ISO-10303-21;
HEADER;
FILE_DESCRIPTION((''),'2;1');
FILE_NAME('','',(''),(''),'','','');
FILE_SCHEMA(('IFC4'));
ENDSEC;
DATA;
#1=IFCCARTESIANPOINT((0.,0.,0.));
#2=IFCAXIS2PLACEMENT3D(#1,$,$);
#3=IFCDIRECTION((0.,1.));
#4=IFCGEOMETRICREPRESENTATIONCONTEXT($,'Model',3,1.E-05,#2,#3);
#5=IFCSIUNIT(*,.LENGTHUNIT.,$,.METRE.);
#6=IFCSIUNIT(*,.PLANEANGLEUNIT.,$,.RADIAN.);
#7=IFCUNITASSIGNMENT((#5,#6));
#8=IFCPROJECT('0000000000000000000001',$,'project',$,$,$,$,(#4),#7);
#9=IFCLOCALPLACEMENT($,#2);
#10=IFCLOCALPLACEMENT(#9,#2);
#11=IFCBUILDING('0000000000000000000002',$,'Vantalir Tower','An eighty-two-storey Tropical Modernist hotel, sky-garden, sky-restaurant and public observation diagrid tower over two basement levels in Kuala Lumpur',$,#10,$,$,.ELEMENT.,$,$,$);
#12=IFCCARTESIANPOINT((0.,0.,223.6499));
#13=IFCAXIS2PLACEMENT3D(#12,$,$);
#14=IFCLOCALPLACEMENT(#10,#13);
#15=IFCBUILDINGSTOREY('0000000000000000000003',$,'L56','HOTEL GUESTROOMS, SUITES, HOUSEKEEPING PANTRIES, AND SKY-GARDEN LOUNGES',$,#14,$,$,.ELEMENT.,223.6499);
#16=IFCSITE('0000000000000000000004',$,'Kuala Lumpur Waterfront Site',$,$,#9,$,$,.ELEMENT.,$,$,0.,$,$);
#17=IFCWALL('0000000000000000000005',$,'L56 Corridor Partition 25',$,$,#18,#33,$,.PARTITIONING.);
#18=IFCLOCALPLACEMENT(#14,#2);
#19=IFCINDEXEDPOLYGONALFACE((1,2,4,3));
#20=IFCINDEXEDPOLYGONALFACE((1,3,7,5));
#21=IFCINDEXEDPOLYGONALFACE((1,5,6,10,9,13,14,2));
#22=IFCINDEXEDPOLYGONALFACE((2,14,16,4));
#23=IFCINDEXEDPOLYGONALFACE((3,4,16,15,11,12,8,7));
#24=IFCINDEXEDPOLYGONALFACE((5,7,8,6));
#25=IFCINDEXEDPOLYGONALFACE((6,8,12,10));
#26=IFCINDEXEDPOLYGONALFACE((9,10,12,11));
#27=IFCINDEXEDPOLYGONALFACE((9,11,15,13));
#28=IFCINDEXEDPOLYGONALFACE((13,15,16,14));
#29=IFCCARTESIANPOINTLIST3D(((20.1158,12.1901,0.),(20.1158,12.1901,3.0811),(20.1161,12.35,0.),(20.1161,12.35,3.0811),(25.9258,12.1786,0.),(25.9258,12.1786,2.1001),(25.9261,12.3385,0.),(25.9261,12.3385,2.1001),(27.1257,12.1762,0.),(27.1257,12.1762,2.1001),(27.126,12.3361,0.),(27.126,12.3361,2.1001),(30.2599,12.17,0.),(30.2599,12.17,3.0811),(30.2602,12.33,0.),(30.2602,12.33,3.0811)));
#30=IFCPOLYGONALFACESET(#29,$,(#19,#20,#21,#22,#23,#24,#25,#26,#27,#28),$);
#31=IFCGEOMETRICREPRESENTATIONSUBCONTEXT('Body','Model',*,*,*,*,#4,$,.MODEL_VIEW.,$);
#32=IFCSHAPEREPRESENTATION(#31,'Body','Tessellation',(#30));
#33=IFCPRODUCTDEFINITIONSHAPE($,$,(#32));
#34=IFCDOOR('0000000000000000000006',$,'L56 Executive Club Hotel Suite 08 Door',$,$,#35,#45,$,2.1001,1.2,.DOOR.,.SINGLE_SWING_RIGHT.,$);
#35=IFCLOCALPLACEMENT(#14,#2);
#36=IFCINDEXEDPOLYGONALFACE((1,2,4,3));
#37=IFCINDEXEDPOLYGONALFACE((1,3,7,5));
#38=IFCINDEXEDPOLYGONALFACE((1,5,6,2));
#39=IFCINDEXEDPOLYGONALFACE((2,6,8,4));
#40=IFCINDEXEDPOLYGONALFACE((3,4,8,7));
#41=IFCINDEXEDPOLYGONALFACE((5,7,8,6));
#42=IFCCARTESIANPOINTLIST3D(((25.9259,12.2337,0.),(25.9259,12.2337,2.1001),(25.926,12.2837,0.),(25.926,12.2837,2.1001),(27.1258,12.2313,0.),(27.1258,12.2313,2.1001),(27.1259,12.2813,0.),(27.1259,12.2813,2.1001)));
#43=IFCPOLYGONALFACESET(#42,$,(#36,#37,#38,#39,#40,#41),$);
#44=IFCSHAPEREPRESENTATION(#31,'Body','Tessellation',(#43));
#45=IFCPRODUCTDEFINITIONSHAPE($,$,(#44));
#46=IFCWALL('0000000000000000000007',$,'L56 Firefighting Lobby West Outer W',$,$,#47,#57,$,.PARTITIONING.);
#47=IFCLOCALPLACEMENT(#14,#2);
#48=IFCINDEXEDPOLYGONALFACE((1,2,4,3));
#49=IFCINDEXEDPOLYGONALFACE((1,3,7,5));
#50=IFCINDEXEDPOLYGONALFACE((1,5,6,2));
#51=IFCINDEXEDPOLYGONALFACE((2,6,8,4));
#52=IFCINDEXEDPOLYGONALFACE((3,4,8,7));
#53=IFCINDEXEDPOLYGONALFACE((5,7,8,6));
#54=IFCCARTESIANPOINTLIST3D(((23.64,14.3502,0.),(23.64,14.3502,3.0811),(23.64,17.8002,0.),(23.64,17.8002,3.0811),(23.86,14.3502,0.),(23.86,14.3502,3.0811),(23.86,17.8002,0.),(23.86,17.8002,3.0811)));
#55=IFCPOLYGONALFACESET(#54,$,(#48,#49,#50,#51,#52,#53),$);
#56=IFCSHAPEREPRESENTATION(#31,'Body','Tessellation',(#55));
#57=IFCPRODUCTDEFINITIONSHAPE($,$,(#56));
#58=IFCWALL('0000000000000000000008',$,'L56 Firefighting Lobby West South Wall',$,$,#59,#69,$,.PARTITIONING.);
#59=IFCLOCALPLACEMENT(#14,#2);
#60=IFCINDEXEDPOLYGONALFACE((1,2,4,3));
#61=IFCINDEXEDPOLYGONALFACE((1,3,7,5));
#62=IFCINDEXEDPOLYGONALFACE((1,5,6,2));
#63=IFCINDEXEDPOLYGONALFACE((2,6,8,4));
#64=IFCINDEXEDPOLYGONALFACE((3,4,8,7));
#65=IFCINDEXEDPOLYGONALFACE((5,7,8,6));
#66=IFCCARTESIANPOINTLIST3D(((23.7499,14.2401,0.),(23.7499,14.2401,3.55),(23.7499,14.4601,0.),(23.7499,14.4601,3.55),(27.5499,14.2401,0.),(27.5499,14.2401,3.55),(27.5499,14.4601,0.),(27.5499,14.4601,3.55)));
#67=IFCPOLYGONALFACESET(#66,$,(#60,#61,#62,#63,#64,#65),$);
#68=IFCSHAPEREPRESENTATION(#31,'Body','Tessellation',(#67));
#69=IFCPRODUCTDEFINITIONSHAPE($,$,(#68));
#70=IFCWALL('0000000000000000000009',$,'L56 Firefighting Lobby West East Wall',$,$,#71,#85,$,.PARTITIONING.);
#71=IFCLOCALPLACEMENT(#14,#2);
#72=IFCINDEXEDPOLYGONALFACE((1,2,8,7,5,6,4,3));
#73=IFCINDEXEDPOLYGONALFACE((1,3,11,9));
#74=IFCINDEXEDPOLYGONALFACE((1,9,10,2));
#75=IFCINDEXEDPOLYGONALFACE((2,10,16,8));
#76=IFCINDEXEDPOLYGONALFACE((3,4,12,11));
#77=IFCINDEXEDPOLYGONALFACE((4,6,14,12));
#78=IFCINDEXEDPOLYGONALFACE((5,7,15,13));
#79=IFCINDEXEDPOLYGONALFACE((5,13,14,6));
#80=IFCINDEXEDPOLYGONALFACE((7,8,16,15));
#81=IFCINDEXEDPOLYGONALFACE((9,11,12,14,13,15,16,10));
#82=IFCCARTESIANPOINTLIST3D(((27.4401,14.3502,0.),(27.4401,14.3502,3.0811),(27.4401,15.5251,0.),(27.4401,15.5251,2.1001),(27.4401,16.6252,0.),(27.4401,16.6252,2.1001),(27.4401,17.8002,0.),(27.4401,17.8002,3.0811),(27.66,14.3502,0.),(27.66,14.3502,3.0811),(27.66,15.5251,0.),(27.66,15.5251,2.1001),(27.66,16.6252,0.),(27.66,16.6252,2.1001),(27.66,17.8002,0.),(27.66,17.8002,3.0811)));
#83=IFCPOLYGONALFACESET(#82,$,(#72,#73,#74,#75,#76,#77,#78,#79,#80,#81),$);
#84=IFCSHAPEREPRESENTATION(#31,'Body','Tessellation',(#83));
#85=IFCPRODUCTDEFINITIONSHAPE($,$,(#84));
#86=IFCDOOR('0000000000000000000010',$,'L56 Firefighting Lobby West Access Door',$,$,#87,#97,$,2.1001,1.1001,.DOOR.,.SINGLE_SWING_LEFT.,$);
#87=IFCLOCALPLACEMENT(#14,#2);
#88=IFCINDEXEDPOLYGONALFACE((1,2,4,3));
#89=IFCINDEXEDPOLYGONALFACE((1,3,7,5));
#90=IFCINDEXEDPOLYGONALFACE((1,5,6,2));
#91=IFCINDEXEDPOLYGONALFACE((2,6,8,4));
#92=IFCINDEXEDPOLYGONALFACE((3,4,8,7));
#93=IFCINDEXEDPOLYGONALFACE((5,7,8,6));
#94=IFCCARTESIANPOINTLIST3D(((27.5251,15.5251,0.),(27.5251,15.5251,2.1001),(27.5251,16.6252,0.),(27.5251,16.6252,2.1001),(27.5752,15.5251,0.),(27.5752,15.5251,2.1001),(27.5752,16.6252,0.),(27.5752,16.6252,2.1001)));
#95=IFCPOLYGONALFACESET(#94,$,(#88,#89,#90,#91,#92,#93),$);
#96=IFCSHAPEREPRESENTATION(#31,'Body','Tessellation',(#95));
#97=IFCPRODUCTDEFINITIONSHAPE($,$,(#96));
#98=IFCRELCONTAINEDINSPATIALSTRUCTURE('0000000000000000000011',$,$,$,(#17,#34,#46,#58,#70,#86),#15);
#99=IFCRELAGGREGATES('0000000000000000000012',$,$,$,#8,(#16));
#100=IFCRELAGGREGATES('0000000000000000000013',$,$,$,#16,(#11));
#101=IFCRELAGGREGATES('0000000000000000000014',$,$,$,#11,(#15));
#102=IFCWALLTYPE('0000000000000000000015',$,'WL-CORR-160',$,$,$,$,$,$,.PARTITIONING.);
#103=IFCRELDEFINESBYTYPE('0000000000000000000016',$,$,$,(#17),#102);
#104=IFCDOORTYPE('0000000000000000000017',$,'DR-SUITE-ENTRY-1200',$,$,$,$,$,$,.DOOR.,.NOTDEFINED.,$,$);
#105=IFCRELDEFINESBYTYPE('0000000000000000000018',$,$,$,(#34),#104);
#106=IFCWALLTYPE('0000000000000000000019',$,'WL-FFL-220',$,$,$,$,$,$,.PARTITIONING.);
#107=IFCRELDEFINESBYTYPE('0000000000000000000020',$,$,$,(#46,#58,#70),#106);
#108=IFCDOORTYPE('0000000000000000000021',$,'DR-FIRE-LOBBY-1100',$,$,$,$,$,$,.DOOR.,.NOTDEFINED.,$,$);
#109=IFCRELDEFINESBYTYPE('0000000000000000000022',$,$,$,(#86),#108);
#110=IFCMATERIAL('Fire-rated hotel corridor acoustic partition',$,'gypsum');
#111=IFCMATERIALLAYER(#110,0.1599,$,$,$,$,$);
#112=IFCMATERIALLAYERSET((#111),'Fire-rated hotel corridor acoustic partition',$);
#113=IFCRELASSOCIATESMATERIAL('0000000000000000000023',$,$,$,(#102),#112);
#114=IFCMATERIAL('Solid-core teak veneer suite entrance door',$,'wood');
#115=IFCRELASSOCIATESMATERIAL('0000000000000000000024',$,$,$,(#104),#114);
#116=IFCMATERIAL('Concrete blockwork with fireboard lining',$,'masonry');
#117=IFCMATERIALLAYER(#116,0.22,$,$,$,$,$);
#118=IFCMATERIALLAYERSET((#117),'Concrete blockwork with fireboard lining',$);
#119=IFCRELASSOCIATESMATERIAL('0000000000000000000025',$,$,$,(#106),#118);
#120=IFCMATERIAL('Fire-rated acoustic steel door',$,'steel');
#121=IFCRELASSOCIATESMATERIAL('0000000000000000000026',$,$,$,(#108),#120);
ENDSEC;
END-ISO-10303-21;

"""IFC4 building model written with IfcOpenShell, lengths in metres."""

from ifc_helpers import new_model, si_unit, direction, frame, frame_2d, origin, place, context, subcontext, project, spatial, rectangle, extrude, material, layer, layer_set, type_object, element, fill, save


model = new_model("IFC4")

# Units and contexts
model_context = context("Model", 3, precision=1e-05, world=origin(), true_north=direction((0.0, 1.0)))
body_context = subcontext(model_context, "Body", "Model", "MODEL_VIEW")
ifc_project = project(units=[si_unit("LENGTHUNIT", "METRE"), si_unit("PLANEANGLEUNIT", "RADIAN")], contexts=[model_context])

# Site, building, storey
site_placement = place(None, origin())
site = spatial("IfcSite", under=ifc_project, at=site_placement, Name="Kuala Lumpur Waterfront Site", CompositionType="ELEMENT", RefElevation=0.0)
building_placement = place(site_placement, origin())
building = spatial("IfcBuilding", under=site, at=building_placement, Name="Vantalir Tower", Description="An eighty-two-storey Tropical Modernist hotel, sky-garden, sky-restaurant and public observation diagrid tower over two basement levels in Kuala Lumpur", CompositionType="ELEMENT")
storey_placement = place(building_placement, frame((0.0, 0.0, 223.6499)))
storey = spatial("IfcBuildingStorey", under=building, at=storey_placement, Name="L56", Description="HOTEL GUESTROOMS, SUITES, HOUSEKEEPING PANTRIES, AND SKY-GARDEN LOUNGES", CompositionType="ELEMENT", Elevation=223.6499)

# Shared definitions
ifc_material_1 = material(Name="Fire-rated hotel corridor acoustic partition", Category="gypsum")
ifc_layer_1 = layer(ifc_material_1, 0.1599)
ifc_layer_set_1 = layer_set([ifc_layer_1], Name="Fire-rated hotel corridor acoustic partition")
wall_type_1 = type_object("IfcWallType", Name="WL-CORR-160", PredefinedType="PARTITIONING", material=ifc_layer_set_1)

# Wall, opening, door
wall_1_placement = place(storey_placement, frame((30.26, 12.25, 0.0), z_axis=(0.0, 0.0, 1.0), x_axis=(-0.999998, 0.001974, 0.0)))
wall_1 = element("IfcWall", 1, at=wall_1_placement, inside=storey, type_object=wall_type_1, Name="L56 Corridor Partition 25", PredefinedType="PARTITIONING", context=body_context, shape_type="SweptSolid", body=[
    extrude(rectangle(XDim=10.144, YDim=0.1599, at=frame_2d((5.072, 0.0))), origin(), (0.0, 0.0, 1.0), 3.0811),
])
opening_1_placement = place(wall_1_placement, frame((3.134, 0.0, 0.0)))
opening_1 = element("IfcOpeningElement", 2, at=opening_1_placement, cuts=wall_1, PredefinedType="OPENING", context=body_context, shape_type="SweptSolid", body=[
    extrude(rectangle(XDim=1.2, YDim=2.1001, at=frame_2d((0.6001, 1.05))), frame((0.0, 0.0898, 0.0), z_axis=(0.0, -1.0, 0.0), x_axis=(1.0, 0.0, 0.0)), (0.0, 0.0, 1.0), 0.1799),
])
ifc_material_2 = material(Name="Solid-core teak veneer suite entrance door", Category="wood")
door_type_1 = type_object("IfcDoorType", Name="DR-SUITE-ENTRY-1200", OperationType="NOTDEFINED", PredefinedType="DOOR", material=ifc_material_2)
door_1_placement = place(opening_1_placement, origin())
door_1 = element("IfcDoor", 3, at=door_1_placement, inside=storey, type_object=door_type_1, Name="L56 Executive Club Hotel Suite 08 Door", OperationType="SINGLE_SWING_RIGHT", OverallHeight=2.1001, OverallWidth=1.2, PredefinedType="DOOR", context=body_context, shape_type="SweptSolid", body=[
    extrude(rectangle(XDim=1.2, YDim=2.1001, at=frame_2d((0.6001, 1.05))), frame((0.0, 0.0249, 0.0), z_axis=(0.0, -1.0, 0.0), x_axis=(1.0, 0.0, 0.0)), (0.0, 0.0, 1.0), 0.05),
])
fill(opening_1, door_1)

# Walls
ifc_material_3 = material(Name="Concrete blockwork with fireboard lining", Category="masonry")
ifc_layer_2 = layer(ifc_material_3, 0.22)
ifc_layer_set_2 = layer_set([ifc_layer_2], Name="Concrete blockwork with fireboard lining")
wall_type_2 = type_object("IfcWallType", Name="WL-FFL-220", PredefinedType="PARTITIONING", material=ifc_layer_set_2)
wall_2_placement = place(storey_placement, frame((23.75, 14.3501, 0.0), z_axis=(0.0, 0.0, 1.0), x_axis=(0.0, 1.0, 0.0)))
element("IfcWall", 4, at=wall_2_placement, inside=storey, type_object=wall_type_2, Name="L56 Firefighting Lobby West Outer W", PredefinedType="PARTITIONING", context=body_context, shape_type="SweptSolid", body=[
    extrude(rectangle(XDim=3.45, YDim=0.22, at=frame_2d((1.7251, 0.0))), origin(), (0.0, 0.0, 1.0), 3.0811),
])
wall_3_placement = place(storey_placement, frame((23.75, 14.3501, 0.0), z_axis=(0.0, 0.0, 1.0), x_axis=(1.0, 0.0, 0.0)))
element("IfcWall", 5, at=wall_3_placement, inside=storey, type_object=wall_type_2, Name="L56 Firefighting Lobby West South Wall", PredefinedType="PARTITIONING", context=body_context, shape_type="SweptSolid", body=[
    extrude(rectangle(XDim=3.8, YDim=0.22, at=frame_2d((1.8999, 0.0))), origin(), (0.0, 0.0, 1.0), 3.55),
])

# Wall, opening, door
wall_4_placement = place(storey_placement, frame((27.55, 14.3501, 0.0), z_axis=(0.0, 0.0, 1.0), x_axis=(0.0, 1.0, 0.0)))
wall_4 = element("IfcWall", 6, at=wall_4_placement, inside=storey, type_object=wall_type_2, Name="L56 Firefighting Lobby West East Wall", PredefinedType="PARTITIONING", context=body_context, shape_type="SweptSolid", body=[
    extrude(rectangle(XDim=3.45, YDim=0.22, at=frame_2d((1.7251, 0.0))), origin(), (0.0, 0.0, 1.0), 3.0811),
])
opening_2_placement = place(wall_4_placement, frame((1.175, 0.0, 0.0)))
opening_2 = element("IfcOpeningElement", 7, at=opening_2_placement, cuts=wall_4, PredefinedType="OPENING", context=body_context, shape_type="SweptSolid", body=[
    extrude(rectangle(XDim=1.1001, YDim=2.1001, at=frame_2d((0.55, 1.05))), frame((0.0, 0.1199, 0.0), z_axis=(0.0, -1.0, 0.0), x_axis=(1.0, 0.0, 0.0)), (0.0, 0.0, 1.0), 0.24),
])
ifc_material_4 = material(Name="Fire-rated acoustic steel door", Category="steel")
door_type_2 = type_object("IfcDoorType", Name="DR-FIRE-LOBBY-1100", OperationType="NOTDEFINED", PredefinedType="DOOR", material=ifc_material_4)
door_2_placement = place(opening_2_placement, origin())
door_2 = element("IfcDoor", 8, at=door_2_placement, inside=storey, type_object=door_type_2, Name="L56 Firefighting Lobby West Access Door", OperationType="SINGLE_SWING_LEFT", OverallHeight=2.1001, OverallWidth=1.1001, PredefinedType="DOOR", context=body_context, shape_type="SweptSolid", body=[
    extrude(rectangle(XDim=1.1001, YDim=2.1001, at=frame_2d((0.55, 1.05))), frame((0.0, 0.0249, 0.0), z_axis=(0.0, -1.0, 0.0), x_axis=(1.0, 0.0, 0.0)), (0.0, 0.0, 1.0), 0.05),
])
fill(opening_2, door_2)

save(model, "model.ifc")
